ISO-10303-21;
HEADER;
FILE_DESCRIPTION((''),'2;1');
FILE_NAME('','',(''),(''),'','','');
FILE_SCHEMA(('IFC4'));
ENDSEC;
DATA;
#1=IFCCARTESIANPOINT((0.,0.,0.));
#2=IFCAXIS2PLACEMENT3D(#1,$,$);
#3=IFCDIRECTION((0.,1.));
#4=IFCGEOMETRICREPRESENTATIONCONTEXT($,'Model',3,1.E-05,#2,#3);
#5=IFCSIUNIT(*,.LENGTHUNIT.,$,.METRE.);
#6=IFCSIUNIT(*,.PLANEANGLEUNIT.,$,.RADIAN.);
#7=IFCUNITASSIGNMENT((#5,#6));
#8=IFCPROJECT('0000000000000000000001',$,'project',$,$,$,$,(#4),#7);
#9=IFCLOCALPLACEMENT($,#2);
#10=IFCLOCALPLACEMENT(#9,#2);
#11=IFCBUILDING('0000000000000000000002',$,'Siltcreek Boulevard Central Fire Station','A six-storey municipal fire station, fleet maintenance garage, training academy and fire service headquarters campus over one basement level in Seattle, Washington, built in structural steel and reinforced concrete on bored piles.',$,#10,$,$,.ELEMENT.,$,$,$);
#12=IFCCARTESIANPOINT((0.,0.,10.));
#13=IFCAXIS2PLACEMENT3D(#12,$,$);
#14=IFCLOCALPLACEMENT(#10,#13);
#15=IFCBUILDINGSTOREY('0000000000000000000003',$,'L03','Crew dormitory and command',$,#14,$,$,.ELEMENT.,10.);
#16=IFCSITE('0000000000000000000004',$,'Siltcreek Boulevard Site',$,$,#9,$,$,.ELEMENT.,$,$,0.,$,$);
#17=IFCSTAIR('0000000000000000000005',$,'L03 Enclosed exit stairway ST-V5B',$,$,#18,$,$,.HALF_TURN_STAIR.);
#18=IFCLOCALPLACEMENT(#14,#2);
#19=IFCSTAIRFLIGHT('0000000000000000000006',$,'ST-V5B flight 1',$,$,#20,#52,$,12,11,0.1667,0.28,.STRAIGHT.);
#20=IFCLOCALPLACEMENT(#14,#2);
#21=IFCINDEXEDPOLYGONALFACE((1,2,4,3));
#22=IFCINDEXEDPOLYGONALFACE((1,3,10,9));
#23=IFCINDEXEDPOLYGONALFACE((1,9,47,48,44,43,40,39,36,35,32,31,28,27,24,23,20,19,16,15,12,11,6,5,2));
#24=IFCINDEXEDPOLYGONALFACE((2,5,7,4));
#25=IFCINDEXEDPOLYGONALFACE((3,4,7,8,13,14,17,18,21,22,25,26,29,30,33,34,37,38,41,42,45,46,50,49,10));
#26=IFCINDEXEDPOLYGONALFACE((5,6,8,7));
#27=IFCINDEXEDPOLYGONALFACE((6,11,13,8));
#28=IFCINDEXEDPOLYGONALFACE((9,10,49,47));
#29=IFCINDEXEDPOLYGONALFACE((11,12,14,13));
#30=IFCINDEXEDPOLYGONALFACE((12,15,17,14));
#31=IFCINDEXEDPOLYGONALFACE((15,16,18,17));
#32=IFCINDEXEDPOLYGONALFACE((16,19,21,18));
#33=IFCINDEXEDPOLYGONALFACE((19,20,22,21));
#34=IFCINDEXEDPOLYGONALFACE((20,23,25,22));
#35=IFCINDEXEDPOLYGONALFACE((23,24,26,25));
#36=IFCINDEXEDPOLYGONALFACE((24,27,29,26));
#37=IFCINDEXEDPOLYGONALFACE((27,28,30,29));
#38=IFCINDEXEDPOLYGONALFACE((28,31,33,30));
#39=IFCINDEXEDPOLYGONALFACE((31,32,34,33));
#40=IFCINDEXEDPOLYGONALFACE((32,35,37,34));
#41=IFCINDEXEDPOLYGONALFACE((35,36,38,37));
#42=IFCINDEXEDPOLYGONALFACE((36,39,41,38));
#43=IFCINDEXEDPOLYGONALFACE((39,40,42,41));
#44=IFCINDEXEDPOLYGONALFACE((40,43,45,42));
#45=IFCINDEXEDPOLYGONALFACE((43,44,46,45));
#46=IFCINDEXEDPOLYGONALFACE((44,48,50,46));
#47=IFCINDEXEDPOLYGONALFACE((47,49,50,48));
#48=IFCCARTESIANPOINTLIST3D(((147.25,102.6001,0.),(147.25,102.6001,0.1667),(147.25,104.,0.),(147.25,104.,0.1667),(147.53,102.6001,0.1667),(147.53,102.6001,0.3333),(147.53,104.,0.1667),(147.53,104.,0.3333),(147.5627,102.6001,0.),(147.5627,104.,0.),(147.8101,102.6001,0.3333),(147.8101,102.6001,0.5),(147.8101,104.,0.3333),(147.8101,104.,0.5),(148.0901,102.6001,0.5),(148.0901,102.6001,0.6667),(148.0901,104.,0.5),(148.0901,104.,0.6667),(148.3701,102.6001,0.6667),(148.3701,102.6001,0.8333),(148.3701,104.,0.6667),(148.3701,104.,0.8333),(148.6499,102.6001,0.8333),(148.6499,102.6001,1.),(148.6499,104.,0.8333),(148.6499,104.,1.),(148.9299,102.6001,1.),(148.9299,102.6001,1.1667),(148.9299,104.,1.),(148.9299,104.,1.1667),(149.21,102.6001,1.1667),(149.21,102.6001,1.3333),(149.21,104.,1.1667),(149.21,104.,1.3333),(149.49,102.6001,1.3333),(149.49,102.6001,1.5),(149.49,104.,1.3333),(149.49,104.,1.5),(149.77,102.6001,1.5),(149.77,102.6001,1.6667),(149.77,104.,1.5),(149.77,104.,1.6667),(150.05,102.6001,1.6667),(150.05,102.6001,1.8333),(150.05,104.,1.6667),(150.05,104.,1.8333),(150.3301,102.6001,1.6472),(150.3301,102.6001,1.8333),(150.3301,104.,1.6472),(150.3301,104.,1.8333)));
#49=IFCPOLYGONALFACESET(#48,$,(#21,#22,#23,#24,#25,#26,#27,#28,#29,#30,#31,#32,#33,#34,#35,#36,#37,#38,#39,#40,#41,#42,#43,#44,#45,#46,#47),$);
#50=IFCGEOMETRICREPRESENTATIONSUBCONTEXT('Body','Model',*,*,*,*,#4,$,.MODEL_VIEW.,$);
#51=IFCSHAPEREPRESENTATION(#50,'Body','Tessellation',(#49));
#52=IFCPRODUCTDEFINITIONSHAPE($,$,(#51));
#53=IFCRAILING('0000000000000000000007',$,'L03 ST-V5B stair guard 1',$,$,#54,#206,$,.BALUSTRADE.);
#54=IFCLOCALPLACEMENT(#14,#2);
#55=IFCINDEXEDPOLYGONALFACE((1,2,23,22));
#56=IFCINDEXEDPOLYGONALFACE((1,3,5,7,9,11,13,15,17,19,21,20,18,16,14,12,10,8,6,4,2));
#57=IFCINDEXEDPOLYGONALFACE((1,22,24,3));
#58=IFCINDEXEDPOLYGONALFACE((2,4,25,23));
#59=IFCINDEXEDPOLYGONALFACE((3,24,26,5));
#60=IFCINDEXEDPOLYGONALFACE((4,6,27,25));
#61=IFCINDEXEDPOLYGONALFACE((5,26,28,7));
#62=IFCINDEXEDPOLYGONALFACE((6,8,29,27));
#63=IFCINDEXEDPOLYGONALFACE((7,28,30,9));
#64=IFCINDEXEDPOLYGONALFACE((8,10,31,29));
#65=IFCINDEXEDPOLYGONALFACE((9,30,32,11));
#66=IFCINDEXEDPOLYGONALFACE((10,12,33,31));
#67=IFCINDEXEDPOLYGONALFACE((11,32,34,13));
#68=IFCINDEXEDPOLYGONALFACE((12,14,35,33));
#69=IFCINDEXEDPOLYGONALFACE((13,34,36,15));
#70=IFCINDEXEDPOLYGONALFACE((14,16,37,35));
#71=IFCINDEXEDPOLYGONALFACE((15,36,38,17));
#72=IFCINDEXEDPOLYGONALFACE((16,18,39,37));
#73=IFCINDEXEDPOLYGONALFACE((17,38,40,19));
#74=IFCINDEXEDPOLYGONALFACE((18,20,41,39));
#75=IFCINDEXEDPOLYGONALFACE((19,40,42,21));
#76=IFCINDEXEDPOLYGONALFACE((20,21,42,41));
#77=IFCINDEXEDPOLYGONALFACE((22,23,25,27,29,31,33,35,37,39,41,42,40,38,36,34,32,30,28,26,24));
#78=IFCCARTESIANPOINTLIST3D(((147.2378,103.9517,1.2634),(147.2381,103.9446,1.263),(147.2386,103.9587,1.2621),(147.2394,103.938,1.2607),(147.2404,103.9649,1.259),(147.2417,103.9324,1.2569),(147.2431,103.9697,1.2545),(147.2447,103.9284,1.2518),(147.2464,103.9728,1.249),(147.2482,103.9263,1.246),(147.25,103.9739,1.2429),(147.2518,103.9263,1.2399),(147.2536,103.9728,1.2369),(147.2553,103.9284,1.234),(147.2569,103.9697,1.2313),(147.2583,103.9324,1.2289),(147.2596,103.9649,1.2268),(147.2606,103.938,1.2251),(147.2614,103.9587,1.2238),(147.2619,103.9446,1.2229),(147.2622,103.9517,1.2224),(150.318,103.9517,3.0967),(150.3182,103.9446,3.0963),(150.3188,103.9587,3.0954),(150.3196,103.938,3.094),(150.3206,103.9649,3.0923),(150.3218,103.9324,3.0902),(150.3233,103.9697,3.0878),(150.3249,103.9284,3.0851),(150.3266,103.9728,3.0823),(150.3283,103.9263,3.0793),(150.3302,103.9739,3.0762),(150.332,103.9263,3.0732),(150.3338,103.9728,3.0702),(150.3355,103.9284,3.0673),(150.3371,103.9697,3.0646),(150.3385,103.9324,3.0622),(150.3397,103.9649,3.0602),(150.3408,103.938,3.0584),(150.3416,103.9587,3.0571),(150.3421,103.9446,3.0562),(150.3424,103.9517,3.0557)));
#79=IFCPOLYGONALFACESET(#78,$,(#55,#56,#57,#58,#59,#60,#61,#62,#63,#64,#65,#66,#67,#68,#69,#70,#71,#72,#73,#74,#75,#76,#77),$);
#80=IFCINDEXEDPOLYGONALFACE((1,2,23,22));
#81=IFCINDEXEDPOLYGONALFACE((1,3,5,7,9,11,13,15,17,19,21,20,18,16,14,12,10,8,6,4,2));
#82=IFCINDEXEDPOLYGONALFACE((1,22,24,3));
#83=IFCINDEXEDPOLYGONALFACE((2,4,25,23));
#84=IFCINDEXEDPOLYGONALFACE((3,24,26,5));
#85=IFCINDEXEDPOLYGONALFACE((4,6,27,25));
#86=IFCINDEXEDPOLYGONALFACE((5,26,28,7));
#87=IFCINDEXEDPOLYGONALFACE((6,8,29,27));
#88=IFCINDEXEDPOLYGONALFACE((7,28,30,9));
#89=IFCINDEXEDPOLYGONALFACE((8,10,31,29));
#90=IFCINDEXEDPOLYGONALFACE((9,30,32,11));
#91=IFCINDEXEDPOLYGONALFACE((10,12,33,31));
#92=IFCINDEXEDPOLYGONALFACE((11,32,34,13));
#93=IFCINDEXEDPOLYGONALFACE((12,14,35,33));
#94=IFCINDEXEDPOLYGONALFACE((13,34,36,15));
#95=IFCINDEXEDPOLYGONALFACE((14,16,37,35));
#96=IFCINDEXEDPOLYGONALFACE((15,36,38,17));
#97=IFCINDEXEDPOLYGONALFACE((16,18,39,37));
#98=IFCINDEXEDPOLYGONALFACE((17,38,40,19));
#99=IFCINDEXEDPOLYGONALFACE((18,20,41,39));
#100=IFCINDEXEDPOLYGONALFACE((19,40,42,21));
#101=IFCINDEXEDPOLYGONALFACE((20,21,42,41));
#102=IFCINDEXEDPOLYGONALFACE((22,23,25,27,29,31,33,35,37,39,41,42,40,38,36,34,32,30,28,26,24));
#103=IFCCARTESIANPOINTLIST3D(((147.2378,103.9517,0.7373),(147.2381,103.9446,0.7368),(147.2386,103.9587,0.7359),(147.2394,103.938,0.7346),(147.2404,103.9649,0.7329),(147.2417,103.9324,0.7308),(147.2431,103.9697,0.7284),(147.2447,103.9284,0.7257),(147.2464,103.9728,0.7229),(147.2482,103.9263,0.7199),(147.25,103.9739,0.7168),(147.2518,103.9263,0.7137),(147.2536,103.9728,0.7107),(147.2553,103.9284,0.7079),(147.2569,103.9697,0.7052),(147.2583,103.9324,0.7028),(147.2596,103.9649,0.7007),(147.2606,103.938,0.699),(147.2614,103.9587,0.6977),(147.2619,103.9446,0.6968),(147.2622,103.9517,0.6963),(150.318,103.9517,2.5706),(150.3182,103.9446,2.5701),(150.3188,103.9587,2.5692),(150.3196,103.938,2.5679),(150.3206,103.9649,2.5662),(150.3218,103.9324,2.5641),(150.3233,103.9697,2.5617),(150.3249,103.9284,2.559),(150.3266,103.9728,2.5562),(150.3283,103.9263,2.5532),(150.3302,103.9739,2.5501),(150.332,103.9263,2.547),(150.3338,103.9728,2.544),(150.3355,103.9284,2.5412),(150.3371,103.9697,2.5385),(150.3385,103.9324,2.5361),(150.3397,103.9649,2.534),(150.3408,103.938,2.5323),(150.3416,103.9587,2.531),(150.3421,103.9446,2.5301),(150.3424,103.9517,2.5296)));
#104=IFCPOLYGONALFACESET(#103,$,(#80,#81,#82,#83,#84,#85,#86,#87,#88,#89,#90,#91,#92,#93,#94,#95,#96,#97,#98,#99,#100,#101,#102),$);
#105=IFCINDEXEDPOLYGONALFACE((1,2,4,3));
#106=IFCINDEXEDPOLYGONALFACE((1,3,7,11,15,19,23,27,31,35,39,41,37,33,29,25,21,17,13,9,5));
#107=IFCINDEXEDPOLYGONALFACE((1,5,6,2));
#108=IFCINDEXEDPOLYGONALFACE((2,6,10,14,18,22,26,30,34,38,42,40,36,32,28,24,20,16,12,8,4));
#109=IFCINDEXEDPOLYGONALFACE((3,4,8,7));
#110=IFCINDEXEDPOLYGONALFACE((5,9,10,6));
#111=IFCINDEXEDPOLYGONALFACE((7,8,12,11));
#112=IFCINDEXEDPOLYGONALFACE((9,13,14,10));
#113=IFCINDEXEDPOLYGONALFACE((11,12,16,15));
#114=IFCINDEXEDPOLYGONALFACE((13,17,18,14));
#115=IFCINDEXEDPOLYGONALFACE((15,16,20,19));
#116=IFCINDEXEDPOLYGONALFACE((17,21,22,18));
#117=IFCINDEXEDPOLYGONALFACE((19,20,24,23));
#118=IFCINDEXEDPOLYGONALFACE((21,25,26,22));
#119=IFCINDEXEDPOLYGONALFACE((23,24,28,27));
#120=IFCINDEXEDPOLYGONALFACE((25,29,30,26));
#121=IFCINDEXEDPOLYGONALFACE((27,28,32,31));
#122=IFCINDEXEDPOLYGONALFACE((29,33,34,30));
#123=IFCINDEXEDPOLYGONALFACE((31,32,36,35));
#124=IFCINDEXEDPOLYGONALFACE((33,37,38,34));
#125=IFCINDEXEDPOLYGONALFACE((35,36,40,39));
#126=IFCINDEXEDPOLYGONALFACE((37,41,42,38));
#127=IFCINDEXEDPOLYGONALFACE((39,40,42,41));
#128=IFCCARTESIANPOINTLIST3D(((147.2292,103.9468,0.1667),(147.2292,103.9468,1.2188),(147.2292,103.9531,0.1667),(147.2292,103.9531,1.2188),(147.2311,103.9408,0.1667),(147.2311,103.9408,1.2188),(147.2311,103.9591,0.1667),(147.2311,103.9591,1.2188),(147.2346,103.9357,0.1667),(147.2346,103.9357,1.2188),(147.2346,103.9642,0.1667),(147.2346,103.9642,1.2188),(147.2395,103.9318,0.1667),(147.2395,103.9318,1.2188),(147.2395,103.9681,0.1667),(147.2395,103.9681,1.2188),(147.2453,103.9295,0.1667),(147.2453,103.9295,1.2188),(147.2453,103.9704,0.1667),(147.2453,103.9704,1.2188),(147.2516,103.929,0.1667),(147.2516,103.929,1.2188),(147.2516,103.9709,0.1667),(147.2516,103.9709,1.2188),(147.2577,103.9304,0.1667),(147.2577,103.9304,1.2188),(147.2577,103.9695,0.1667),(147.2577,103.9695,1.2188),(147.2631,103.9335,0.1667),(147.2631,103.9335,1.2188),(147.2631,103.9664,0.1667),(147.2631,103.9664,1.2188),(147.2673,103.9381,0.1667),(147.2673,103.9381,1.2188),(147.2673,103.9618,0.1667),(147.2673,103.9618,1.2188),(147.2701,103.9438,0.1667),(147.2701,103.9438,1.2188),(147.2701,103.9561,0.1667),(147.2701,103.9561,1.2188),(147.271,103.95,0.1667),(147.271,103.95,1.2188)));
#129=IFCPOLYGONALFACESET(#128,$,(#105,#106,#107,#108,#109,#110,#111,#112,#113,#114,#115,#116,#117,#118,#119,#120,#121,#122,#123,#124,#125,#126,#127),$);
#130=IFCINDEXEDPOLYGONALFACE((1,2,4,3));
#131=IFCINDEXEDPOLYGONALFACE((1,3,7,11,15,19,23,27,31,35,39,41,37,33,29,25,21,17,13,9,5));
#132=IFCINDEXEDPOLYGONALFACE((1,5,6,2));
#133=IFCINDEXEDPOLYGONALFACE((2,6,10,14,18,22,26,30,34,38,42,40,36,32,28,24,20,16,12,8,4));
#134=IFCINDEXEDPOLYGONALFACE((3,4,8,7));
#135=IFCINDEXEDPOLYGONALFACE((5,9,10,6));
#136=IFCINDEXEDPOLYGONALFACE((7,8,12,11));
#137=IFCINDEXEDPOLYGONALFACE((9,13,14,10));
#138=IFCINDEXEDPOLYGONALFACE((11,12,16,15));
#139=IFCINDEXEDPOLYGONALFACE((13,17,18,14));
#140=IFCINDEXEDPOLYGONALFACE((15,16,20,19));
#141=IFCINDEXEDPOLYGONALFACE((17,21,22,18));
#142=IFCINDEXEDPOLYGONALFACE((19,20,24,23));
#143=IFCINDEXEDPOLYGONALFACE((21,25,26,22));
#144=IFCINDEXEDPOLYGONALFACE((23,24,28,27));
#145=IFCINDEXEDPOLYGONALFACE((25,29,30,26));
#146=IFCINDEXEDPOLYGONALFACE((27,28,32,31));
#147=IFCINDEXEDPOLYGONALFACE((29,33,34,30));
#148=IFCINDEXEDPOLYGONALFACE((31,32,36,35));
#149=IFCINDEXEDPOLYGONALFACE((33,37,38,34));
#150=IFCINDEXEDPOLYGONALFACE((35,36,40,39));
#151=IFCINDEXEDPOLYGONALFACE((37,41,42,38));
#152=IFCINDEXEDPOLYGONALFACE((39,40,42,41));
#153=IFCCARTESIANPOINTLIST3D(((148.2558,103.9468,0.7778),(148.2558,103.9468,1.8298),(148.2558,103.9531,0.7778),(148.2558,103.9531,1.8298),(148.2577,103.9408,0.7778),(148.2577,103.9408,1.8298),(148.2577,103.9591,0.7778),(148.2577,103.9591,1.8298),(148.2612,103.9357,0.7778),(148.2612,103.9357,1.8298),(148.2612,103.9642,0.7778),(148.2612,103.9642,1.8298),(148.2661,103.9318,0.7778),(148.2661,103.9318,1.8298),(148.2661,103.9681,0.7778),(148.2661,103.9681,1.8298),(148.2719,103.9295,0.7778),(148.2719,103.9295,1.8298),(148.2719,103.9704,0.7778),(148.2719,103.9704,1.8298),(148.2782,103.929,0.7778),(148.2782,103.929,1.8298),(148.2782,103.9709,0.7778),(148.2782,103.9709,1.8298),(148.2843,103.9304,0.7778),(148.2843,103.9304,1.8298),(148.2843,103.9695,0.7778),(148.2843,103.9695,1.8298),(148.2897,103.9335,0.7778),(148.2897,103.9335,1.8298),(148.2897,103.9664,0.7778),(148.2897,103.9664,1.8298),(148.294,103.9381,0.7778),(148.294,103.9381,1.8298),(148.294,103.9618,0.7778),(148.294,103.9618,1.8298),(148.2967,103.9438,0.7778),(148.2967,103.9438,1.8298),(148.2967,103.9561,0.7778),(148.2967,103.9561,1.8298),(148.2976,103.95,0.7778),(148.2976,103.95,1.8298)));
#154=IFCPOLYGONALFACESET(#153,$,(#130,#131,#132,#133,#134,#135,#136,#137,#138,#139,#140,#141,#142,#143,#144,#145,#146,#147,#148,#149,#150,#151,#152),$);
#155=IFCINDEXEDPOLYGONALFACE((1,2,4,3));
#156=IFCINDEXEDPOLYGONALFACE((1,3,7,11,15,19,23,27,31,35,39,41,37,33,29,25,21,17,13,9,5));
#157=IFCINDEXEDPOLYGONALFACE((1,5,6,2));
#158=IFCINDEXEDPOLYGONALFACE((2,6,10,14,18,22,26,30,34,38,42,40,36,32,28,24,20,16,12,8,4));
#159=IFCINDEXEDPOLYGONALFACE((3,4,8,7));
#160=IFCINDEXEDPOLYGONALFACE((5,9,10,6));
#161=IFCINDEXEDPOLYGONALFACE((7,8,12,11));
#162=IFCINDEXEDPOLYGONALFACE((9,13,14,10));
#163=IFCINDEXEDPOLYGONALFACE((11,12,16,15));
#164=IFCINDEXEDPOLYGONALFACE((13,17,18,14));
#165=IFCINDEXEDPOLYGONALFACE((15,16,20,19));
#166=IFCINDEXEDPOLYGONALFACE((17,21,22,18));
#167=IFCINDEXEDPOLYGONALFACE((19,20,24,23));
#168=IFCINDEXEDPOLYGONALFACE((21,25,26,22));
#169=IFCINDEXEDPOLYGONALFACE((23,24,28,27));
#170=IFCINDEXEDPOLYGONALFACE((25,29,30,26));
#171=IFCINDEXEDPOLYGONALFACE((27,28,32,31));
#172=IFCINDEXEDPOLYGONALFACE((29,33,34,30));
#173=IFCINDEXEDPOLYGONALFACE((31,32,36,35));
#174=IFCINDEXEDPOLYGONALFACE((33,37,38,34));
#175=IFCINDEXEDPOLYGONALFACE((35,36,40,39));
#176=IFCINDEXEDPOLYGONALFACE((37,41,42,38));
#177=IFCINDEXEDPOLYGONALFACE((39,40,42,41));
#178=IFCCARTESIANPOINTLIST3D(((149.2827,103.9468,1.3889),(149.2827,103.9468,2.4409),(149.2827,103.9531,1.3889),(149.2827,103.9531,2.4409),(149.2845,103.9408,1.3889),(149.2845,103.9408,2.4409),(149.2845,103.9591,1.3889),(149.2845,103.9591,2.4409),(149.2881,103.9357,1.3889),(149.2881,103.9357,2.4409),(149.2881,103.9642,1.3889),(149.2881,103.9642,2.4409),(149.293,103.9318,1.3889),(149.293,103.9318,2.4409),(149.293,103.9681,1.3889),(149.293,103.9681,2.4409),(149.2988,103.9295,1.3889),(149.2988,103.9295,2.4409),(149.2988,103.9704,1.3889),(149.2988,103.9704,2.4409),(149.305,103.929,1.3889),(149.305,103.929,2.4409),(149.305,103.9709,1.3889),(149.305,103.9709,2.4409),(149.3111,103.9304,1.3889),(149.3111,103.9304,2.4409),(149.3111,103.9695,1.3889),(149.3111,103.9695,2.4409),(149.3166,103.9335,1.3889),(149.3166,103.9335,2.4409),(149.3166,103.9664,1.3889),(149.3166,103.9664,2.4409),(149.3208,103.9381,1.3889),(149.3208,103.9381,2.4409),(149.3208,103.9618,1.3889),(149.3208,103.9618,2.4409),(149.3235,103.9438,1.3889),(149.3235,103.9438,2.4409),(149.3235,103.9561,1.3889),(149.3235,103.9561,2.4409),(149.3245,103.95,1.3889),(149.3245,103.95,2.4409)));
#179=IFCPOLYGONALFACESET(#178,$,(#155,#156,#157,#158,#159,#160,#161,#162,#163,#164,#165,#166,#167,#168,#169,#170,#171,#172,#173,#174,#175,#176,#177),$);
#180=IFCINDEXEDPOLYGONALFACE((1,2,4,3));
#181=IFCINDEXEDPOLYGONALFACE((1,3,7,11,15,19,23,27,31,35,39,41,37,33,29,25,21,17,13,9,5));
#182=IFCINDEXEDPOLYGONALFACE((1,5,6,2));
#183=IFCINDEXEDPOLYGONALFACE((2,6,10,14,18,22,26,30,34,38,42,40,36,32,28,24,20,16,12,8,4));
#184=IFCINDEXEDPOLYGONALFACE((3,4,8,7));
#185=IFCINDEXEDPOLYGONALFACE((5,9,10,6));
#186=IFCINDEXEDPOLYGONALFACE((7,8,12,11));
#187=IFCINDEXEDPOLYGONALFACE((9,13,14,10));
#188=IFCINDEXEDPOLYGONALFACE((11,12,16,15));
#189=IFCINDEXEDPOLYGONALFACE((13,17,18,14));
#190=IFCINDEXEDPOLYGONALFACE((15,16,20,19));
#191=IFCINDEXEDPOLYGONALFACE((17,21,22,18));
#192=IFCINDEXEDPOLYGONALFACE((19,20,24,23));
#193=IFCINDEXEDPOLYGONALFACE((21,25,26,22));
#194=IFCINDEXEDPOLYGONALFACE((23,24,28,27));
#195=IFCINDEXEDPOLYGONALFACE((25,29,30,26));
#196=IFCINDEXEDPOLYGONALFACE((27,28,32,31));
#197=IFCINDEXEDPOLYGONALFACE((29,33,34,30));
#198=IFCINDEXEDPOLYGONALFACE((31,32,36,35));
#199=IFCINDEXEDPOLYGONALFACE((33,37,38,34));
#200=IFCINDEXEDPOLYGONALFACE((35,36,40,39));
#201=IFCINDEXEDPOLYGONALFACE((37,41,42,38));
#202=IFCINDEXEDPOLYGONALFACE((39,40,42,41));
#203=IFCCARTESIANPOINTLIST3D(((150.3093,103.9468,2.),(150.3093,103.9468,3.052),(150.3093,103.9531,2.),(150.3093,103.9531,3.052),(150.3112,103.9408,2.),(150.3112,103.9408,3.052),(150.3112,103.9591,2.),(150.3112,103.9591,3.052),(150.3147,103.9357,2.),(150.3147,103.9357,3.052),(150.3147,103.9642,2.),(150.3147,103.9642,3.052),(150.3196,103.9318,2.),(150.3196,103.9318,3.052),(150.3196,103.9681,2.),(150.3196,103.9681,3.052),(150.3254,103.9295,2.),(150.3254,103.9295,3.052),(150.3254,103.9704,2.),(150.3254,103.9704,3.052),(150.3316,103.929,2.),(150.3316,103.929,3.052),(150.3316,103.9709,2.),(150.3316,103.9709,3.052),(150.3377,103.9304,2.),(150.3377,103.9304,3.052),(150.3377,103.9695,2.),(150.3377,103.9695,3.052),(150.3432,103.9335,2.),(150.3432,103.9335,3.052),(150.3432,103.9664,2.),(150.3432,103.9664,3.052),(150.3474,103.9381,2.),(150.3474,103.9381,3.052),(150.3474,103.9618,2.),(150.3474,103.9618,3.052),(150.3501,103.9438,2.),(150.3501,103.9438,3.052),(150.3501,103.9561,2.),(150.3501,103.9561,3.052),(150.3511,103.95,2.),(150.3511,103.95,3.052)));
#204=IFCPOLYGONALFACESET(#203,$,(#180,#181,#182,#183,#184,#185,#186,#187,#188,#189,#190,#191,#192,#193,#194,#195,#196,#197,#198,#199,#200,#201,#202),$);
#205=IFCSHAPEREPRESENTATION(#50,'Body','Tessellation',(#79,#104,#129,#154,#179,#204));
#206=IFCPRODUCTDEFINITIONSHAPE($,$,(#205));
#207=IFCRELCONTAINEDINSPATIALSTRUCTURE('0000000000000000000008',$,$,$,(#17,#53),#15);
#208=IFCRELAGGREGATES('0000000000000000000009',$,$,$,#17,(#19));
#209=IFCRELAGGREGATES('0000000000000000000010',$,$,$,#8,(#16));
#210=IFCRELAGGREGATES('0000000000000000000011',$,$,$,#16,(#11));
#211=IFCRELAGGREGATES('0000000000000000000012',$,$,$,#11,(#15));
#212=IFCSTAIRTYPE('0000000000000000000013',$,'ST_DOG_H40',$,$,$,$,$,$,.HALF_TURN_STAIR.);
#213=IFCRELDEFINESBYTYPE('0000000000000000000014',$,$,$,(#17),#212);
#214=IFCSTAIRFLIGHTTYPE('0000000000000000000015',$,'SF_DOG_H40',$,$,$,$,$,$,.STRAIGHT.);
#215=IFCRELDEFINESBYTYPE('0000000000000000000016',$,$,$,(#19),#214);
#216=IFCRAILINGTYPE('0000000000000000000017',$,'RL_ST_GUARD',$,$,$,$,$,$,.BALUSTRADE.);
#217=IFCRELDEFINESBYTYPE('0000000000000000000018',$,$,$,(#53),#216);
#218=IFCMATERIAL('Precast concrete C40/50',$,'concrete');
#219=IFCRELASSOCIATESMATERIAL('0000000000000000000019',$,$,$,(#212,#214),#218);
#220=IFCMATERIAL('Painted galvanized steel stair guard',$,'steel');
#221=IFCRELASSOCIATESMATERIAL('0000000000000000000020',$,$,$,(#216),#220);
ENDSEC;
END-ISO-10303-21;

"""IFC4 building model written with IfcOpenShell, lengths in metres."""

from ifc_helpers import new_model, si_unit, direction, frame, origin, origin_2d, place, context, subcontext, project, spatial, polyline, circle, outline, extrude, material, type_object, element, aggregate, save


model = new_model("IFC4")

# Units and contexts
model_context = context("Model", 3, precision=1e-05, world=origin(), true_north=direction((0.0, 1.0)))
body_context = subcontext(model_context, "Body", "Model", "MODEL_VIEW")
ifc_project = project(units=[si_unit("LENGTHUNIT", "METRE"), si_unit("PLANEANGLEUNIT", "RADIAN")], contexts=[model_context])

# Site, building, storey
site_placement = place(None, origin())
site = spatial("IfcSite", under=ifc_project, at=site_placement, Name="Siltcreek Boulevard Site", CompositionType="ELEMENT", RefElevation=0.0)
building_placement = place(site_placement, origin())
building = spatial("IfcBuilding", under=site, at=building_placement, Name="Siltcreek Boulevard Central Fire Station", Description="A six-storey municipal fire station, fleet maintenance garage, training academy and fire service headquarters campus over one basement level in Seattle, Washington, built in structural steel and reinforced concrete on bored piles.", CompositionType="ELEMENT")
storey_placement = place(building_placement, frame((0.0, 0.0, 10.0)))
storey = spatial("IfcBuildingStorey", under=building, at=storey_placement, Name="L03", Description="Crew dormitory and command", CompositionType="ELEMENT", Elevation=10.0)

# Stair, stair flight
ifc_material_1 = material(Name="Precast concrete C40/50", Category="concrete")
stair_type = type_object("IfcStairType", Name="ST_DOG_H40", PredefinedType="HALF_TURN_STAIR", material=ifc_material_1)
stair_placement = place(storey_placement, origin())
stair = element("IfcStair", 1, at=stair_placement, inside=storey, type_object=stair_type, Name="L03 Enclosed exit stairway ST-V5B", PredefinedType="HALF_TURN_STAIR")
stair_flight_type = type_object("IfcStairFlightType", Name="SF_DOG_H40", PredefinedType="STRAIGHT", material=ifc_material_1)
stair_flight_placement = place(storey_placement, frame((147.25, 103.3, 0.0), z_axis=(0.0, 0.0, 1.0), x_axis=(1.0, 0.0, 0.0)))
stair_flight = element("IfcStairFlight", 2, at=stair_flight_placement, type_object=stair_flight_type, Name="ST-V5B flight 1", NumberOfRisers=12, NumberOfTreads=11, PredefinedType="STRAIGHT", RiserHeight=0.1667, TreadLength=0.28, context=body_context, shape_type="SweptSolid", body=[
    extrude(outline(polyline([(0.0, 0.0), (0.0, 0.1667), (0.28, 0.1667), (0.28, 0.3333), (0.5601, 0.3333), (0.5601, 0.5), (0.8401, 0.5), (0.8401, 0.6667), (1.1201, 0.6667), (1.1201, 0.8333), (1.3999, 0.8333), (1.3999, 1.0), (1.6799, 1.0), (1.6799, 1.1667), (1.96, 1.1667), (1.96, 1.3333), (2.24, 1.3333), (2.24, 1.5), (2.52, 1.5), (2.52, 1.6667), (2.8, 1.6667), (2.8, 1.8333), (3.0801, 1.8333), (3.0801, 2.0), (3.0801, 1.6472), (0.3127, 0.0), (0.0, 0.0)])), frame((0.0, 0.7, 0.0), z_axis=(0.0, -1.0, 0.0), x_axis=(1.0, 0.0, 0.0)), (0.0, 0.0, 1.0), 1.3999),
])
aggregate(stair, [stair_flight])

# Railing
ifc_material_2 = material(Name="Painted galvanized steel stair guard", Category="steel")
railing_type_1 = type_object("IfcRailingType", Name="RL_ST_GUARD", PredefinedType="BALUSTRADE", material=ifc_material_2)
railing_1_placement = place(storey_placement, frame((147.25, 103.95, 0.1667)))
element("IfcRailing", 3, at=railing_1_placement, inside=storey, type_object=railing_type_1, Name="L03 ST-V5B stair guard 1", PredefinedType="BALUSTRADE", context=body_context, shape_type="SweptSolid", body=[
    extrude(circle(Radius=0.0239, at=origin_2d()), frame((0.0, 0.0, 1.0762), z_axis=(0.859309, 0.0, 0.511458), x_axis=(0.0, 1.0, 0.0)), (0.0, 0.0, 1.0), 3.5845),
    extrude(circle(Radius=0.0239, at=origin_2d()), frame((0.0, 0.0, 0.55), z_axis=(0.859309, 0.0, 0.511458), x_axis=(0.0, 1.0, 0.0)), (0.0, 0.0, 1.0), 3.5845),
    extrude(circle(Radius=0.021, at=origin_2d()), origin(), (0.0, 0.0, 1.0), 1.052),
    extrude(circle(Radius=0.021, at=origin_2d()), frame((1.0266, 0.0, 0.6111)), (0.0, 0.0, 1.0), 1.052),
    extrude(circle(Radius=0.021, at=origin_2d()), frame((2.0535, 0.0, 1.2222)), (0.0, 0.0, 1.0), 1.052),
    extrude(circle(Radius=0.021, at=origin_2d()), frame((3.0801, 0.0, 1.8333)), (0.0, 0.0, 1.0), 1.052),
])

save(model, "model.ifc")
